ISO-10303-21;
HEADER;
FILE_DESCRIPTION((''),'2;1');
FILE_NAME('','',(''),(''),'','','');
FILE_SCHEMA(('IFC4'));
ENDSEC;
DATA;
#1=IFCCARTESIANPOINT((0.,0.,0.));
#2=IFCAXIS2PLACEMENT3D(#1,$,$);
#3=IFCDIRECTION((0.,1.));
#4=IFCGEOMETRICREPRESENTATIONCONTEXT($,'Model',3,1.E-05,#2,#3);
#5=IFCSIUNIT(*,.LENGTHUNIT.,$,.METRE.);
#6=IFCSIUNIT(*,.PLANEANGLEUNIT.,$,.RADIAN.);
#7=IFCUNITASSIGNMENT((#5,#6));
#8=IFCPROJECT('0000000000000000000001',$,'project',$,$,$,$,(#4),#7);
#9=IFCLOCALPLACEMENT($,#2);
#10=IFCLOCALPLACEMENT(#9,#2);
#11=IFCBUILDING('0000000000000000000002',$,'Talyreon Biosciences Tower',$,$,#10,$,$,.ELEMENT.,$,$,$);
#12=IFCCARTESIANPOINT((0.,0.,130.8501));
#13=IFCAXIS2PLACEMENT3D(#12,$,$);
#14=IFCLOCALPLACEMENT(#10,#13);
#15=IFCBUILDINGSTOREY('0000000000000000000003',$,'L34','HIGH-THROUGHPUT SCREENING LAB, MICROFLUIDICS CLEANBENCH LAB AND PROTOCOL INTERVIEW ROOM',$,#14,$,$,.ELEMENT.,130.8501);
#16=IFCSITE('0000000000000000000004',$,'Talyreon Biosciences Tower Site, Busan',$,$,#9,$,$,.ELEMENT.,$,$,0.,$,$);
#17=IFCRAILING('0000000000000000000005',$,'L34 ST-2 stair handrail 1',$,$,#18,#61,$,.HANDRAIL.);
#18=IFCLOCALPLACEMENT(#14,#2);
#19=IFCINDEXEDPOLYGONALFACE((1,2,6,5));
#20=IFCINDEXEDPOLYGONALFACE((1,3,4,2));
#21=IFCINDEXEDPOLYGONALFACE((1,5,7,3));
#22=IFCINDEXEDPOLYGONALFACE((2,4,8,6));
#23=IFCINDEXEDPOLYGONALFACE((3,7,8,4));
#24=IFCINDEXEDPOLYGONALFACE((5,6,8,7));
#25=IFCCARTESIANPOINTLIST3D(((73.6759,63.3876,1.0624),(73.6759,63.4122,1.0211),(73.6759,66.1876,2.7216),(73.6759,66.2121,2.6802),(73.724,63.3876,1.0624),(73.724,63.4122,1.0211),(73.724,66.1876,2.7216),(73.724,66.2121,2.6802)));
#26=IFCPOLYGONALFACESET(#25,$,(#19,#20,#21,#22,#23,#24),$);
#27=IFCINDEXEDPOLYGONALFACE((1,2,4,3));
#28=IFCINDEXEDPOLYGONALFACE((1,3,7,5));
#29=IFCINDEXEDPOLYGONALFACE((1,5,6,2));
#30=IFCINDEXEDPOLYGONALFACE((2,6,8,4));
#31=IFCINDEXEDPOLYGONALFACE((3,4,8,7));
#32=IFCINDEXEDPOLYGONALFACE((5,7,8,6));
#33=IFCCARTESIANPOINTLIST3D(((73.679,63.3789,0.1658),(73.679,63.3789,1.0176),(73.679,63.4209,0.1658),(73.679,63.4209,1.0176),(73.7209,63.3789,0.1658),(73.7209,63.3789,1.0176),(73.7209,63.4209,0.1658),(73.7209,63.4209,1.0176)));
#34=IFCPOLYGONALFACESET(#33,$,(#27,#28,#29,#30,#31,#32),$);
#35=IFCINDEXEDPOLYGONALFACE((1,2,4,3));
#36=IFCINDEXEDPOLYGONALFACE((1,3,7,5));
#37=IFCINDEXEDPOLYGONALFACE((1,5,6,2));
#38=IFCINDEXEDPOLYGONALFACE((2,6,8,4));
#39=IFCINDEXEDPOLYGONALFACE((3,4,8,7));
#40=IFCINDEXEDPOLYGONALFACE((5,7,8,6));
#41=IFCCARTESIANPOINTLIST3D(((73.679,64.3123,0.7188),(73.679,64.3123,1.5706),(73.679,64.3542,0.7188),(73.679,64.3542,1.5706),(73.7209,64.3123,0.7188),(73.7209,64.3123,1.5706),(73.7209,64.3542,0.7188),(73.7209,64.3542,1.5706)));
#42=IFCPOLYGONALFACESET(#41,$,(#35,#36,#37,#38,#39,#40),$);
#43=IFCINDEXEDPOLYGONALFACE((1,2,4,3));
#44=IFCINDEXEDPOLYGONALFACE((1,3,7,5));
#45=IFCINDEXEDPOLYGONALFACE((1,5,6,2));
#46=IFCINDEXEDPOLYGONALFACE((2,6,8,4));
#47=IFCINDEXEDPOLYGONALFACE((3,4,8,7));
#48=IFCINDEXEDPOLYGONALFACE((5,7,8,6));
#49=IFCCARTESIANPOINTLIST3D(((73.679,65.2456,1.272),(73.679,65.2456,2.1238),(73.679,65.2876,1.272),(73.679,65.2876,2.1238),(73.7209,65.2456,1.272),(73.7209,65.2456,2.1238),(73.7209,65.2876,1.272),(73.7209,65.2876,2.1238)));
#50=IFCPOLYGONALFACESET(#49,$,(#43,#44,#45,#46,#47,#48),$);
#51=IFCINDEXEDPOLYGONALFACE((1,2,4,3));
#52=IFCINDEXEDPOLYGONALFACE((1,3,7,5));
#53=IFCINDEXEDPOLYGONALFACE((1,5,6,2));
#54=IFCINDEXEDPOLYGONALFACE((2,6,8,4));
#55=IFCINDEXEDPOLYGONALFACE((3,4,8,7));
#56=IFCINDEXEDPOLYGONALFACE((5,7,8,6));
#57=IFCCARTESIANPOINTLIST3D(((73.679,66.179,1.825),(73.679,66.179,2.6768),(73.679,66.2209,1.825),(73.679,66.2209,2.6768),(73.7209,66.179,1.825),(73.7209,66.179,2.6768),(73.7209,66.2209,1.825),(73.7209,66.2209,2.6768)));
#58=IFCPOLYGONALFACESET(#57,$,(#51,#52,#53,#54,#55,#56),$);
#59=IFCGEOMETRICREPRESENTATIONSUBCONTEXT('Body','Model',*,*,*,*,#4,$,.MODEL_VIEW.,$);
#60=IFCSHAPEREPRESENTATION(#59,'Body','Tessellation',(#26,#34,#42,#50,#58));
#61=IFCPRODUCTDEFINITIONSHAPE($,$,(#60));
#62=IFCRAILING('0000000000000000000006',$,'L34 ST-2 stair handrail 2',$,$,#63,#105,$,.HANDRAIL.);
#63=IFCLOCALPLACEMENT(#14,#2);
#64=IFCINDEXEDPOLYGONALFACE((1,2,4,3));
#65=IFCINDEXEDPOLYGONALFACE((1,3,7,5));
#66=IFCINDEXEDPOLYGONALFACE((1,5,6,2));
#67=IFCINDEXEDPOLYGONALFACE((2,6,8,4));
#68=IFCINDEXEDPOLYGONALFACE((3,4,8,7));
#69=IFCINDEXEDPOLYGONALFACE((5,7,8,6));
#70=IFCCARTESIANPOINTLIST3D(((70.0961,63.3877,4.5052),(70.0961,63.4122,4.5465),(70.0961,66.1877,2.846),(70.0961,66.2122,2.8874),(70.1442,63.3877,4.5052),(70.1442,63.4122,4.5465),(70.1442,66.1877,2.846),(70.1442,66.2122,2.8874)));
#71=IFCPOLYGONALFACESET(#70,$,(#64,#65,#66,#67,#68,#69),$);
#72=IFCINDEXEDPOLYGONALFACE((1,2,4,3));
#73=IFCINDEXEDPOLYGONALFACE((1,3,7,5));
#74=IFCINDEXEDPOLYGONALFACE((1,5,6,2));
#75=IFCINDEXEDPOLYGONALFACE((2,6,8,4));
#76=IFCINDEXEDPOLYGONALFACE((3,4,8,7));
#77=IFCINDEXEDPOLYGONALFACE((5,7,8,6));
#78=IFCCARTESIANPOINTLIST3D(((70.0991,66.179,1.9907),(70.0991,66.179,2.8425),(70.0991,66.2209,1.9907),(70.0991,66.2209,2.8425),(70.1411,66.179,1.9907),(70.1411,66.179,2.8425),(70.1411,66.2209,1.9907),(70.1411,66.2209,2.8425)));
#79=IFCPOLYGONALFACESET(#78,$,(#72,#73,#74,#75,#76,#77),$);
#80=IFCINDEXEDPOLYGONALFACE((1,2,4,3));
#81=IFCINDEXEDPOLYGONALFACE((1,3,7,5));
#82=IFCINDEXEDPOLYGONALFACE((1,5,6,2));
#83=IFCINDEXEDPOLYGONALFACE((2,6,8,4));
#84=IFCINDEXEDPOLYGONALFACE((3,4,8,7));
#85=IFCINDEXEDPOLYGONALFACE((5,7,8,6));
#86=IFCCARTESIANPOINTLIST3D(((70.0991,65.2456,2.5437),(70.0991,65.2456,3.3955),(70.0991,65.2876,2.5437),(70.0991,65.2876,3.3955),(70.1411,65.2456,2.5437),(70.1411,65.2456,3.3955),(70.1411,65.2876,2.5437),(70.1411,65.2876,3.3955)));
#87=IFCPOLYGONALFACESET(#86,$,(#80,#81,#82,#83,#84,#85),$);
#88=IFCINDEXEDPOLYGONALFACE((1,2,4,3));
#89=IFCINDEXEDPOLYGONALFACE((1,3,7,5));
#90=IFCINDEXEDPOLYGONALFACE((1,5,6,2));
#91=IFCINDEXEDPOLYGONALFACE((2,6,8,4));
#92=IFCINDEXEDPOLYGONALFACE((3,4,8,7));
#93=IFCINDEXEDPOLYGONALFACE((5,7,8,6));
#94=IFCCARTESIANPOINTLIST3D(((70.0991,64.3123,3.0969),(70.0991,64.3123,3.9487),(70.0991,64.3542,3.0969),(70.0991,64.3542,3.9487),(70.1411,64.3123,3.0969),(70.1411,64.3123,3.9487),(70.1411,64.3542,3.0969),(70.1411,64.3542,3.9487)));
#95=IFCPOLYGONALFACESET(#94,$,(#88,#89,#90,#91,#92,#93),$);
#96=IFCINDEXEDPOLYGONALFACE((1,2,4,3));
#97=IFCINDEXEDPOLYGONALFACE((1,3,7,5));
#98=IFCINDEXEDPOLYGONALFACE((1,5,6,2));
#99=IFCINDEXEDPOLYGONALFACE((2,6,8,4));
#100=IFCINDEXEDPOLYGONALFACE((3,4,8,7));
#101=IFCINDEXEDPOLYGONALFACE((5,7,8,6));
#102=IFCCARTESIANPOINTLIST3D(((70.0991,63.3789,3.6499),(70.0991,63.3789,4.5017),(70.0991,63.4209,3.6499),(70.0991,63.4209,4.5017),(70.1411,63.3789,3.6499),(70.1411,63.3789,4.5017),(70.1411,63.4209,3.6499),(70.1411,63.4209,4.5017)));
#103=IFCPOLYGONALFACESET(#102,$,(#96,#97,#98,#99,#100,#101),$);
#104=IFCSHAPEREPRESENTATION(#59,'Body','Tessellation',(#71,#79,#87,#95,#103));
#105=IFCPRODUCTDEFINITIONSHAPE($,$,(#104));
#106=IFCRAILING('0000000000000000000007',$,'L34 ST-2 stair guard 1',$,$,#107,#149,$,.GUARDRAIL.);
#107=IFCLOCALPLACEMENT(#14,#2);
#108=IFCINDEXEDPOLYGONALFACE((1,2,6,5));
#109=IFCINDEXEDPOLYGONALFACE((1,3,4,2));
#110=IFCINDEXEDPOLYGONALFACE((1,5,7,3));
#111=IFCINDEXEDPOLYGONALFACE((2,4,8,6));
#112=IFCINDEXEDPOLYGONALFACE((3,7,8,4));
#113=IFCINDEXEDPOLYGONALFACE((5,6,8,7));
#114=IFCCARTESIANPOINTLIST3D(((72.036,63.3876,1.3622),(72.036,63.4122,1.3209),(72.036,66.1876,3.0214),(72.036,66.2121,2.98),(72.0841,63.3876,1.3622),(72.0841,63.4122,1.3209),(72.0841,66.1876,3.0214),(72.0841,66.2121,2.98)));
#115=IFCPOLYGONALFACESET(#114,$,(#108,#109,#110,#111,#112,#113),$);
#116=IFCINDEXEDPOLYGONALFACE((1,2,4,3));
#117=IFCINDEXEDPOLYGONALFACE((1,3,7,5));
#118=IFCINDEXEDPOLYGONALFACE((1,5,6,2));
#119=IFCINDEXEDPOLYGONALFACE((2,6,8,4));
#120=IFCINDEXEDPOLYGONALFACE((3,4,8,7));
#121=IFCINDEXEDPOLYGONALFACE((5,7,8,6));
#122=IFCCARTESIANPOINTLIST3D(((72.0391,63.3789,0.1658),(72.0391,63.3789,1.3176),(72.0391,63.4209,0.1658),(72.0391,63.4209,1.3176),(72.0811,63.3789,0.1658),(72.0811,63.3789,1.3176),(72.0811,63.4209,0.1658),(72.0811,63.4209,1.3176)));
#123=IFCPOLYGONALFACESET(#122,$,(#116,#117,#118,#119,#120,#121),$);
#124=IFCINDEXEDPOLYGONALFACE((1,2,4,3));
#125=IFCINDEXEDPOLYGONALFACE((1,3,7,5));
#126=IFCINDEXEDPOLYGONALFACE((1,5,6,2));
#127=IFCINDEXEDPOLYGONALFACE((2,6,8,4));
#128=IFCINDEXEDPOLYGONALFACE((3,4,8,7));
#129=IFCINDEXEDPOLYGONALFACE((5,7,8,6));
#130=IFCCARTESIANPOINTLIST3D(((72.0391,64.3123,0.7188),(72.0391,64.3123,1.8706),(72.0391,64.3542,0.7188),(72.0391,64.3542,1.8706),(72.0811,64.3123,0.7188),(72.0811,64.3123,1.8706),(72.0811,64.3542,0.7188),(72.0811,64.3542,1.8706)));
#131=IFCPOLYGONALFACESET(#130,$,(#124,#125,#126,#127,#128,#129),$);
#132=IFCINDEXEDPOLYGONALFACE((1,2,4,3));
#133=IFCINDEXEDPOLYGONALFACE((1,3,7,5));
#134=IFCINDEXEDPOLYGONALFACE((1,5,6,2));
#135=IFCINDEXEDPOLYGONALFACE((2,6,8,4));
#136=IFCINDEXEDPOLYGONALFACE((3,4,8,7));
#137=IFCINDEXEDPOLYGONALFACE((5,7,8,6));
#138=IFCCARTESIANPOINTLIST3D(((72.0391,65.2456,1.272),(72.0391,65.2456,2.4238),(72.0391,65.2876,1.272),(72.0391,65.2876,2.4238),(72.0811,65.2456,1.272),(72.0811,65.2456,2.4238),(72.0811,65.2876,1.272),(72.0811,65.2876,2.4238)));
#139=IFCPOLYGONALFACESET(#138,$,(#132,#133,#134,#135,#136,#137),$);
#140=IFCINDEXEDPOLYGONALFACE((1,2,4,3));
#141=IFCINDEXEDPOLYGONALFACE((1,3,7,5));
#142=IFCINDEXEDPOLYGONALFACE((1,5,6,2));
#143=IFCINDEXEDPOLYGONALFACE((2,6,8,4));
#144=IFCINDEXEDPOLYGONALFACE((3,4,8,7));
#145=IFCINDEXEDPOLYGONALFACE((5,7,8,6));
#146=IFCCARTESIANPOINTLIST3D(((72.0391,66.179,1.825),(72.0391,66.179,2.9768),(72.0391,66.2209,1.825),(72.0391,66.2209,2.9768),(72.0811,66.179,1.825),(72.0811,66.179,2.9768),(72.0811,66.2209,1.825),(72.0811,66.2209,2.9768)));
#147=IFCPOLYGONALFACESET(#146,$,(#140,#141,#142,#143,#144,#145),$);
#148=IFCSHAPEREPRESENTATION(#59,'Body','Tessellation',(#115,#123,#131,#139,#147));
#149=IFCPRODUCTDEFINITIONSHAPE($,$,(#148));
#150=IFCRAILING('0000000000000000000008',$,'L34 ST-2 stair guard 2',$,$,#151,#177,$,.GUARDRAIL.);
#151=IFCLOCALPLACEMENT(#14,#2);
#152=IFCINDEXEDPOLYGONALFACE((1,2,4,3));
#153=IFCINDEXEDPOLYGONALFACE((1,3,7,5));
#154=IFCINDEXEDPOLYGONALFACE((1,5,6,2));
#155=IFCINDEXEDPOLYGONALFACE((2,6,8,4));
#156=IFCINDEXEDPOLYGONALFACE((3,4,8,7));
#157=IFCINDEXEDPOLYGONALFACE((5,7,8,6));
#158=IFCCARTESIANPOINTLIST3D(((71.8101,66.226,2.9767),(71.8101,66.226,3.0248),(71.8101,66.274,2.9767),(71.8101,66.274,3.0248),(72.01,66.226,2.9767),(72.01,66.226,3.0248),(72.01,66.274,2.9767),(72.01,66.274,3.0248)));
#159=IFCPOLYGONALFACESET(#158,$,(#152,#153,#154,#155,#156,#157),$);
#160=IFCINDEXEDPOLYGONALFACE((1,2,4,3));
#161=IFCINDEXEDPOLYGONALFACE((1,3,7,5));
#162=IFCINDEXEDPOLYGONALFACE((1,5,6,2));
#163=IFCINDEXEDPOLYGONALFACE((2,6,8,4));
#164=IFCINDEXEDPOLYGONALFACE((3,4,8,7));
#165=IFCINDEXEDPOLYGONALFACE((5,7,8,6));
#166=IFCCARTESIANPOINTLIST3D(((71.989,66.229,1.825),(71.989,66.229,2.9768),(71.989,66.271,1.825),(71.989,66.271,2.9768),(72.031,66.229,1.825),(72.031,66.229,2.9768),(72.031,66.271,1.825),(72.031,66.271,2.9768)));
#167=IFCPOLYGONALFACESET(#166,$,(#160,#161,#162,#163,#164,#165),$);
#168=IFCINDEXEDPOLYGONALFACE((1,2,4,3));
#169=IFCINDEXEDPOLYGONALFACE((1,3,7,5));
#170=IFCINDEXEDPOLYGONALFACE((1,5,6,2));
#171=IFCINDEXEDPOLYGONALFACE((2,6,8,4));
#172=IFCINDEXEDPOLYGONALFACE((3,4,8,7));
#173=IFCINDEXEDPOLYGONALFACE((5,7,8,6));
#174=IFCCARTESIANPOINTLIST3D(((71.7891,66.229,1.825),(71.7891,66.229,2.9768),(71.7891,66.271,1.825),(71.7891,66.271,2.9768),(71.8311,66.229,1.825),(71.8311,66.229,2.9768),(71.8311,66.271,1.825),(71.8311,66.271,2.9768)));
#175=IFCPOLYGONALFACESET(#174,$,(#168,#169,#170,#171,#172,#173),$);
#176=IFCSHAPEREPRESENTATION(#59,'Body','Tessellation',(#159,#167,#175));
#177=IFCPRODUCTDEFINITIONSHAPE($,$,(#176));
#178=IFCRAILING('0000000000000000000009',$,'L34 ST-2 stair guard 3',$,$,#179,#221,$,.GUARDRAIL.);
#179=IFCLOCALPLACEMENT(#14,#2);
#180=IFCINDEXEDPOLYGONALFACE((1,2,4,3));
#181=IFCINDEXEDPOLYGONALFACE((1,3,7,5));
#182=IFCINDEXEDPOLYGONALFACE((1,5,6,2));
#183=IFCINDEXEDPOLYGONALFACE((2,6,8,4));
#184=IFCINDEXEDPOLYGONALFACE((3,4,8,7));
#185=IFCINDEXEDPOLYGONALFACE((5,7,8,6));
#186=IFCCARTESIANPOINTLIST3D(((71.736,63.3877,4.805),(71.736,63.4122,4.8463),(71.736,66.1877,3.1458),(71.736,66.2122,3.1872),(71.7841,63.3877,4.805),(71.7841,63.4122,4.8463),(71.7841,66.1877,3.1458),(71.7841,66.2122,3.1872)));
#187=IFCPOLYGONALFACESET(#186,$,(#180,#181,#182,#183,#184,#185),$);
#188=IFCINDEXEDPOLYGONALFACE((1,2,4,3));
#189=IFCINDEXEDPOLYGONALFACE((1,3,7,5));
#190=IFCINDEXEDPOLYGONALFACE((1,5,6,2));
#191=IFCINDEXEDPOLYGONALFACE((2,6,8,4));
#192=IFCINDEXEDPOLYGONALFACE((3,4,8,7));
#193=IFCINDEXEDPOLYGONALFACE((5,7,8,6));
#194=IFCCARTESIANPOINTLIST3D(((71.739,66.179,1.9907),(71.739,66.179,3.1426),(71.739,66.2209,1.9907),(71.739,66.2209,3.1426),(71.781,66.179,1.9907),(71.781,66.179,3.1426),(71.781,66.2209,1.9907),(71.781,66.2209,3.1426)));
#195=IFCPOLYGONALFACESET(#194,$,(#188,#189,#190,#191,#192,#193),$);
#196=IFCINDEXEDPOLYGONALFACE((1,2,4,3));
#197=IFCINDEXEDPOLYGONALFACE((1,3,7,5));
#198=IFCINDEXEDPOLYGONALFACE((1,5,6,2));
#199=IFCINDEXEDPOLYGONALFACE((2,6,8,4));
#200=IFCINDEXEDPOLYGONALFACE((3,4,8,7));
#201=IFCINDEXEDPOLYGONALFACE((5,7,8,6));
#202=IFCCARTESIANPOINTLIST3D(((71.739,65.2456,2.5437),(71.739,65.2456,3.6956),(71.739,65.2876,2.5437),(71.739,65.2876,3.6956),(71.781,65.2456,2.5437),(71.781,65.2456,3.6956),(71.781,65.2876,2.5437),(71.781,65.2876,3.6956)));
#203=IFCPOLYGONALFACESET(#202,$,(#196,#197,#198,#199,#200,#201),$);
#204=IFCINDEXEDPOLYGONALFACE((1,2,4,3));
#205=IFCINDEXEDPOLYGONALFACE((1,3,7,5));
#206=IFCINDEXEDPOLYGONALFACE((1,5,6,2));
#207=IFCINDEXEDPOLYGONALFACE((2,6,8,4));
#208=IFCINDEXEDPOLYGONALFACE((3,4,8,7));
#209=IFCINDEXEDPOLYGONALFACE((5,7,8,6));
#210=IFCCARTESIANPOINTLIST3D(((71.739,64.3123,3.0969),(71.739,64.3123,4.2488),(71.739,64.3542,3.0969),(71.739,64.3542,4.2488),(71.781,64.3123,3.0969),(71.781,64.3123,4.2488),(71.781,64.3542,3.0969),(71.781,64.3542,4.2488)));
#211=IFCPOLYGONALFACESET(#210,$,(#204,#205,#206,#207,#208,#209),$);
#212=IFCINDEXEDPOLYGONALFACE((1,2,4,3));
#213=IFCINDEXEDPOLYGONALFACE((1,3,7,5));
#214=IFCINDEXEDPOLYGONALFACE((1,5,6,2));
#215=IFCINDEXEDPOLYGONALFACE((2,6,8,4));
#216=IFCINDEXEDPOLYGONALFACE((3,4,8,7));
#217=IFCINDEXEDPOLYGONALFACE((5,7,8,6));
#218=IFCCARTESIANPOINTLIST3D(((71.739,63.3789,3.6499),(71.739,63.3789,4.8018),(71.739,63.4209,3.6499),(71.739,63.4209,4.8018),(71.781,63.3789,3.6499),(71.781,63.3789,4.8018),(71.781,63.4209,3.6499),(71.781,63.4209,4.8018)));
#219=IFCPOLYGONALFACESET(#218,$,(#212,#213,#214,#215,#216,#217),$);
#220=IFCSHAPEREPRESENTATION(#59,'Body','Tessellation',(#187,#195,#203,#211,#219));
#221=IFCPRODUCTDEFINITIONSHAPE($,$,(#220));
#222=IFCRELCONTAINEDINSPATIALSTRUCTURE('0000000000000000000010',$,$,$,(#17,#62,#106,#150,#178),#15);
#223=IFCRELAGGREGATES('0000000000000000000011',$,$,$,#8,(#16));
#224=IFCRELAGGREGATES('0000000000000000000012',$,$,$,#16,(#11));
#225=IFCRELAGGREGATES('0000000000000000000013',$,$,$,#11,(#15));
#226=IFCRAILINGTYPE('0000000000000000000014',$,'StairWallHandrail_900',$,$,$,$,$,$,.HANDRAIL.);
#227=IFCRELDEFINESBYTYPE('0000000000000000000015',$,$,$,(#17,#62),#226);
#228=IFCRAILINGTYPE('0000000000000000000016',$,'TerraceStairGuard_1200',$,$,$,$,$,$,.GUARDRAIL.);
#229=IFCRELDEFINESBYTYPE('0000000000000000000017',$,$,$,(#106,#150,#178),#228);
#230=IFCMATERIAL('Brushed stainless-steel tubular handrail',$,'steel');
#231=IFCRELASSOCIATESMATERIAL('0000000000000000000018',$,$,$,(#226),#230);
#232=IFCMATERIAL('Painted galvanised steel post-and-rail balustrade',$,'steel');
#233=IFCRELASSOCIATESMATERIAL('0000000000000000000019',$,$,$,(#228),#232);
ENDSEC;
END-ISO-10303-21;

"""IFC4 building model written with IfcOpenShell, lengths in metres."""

from ifc_helpers import new_model, si_unit, direction, frame, origin, origin_2d, place, context, subcontext, project, spatial, rectangle, extrude, material, type_object, element, save


model = new_model("IFC4")

# Units and contexts
model_context = context("Model", 3, precision=1e-05, world=origin(), true_north=direction((0.0, 1.0)))
body_context = subcontext(model_context, "Body", "Model", "MODEL_VIEW")
ifc_project = project(units=[si_unit("LENGTHUNIT", "METRE"), si_unit("PLANEANGLEUNIT", "RADIAN")], contexts=[model_context])

# Site, building, storey
site_placement = place(None, origin())
site = spatial("IfcSite", under=ifc_project, at=site_placement, Name="Talyreon Biosciences Tower Site, Busan", CompositionType="ELEMENT", RefElevation=0.0)
building_placement = place(site_placement, origin())
building = spatial("IfcBuilding", under=site, at=building_placement, Name="Talyreon Biosciences Tower", CompositionType="ELEMENT")
storey_placement = place(building_placement, frame((0.0, 0.0, 130.8501)))
storey = spatial("IfcBuildingStorey", under=building, at=storey_placement, Name="L34", Description="HIGH-THROUGHPUT SCREENING LAB, MICROFLUIDICS CLEANBENCH LAB AND PROTOCOL INTERVIEW ROOM", CompositionType="ELEMENT", Elevation=130.8501)

# Railings
ifc_material_1 = material(Name="Brushed stainless-steel tubular handrail", Category="steel")
railing_type_1 = type_object("IfcRailingType", Name="StairWallHandrail_900", PredefinedType="HANDRAIL", material=ifc_material_1)
railing_1_placement = place(storey_placement, frame((73.7, 63.3999, 0.1658)))
element("IfcRailing", 1, at=railing_1_placement, inside=storey, type_object=railing_type_1, Name="L34 ST-2 stair handrail 1", PredefinedType="HANDRAIL", context=body_context, shape_type="SweptSolid", body=[
    extrude(rectangle(XDim=0.0481, YDim=0.0481, at=origin_2d()), frame((0.0, 0.0, 0.876), z_axis=(0.0, 0.860306, 0.509778), x_axis=(-1.0, 0.0, 0.0)), (0.0, 0.0, 1.0), 3.2546),
    extrude(rectangle(XDim=0.042, YDim=0.042, at=origin_2d()), origin(), (0.0, 0.0, 1.0), 0.8518),
    extrude(rectangle(XDim=0.042, YDim=0.042, at=origin_2d()), frame((0.0, 0.9333, 0.553)), (0.0, 0.0, 1.0), 0.8518),
    extrude(rectangle(XDim=0.042, YDim=0.042, at=origin_2d()), frame((0.0, 1.8667, 1.1062)), (0.0, 0.0, 1.0), 0.8518),
    extrude(rectangle(XDim=0.042, YDim=0.042, at=origin_2d()), frame((0.0, 2.8, 1.6592)), (0.0, 0.0, 1.0), 0.8518),
])
railing_2_placement = place(storey_placement, frame((70.1201, 66.2, 1.9907)))
element("IfcRailing", 2, at=railing_2_placement, inside=storey, type_object=railing_type_1, Name="L34 ST-2 stair handrail 2", PredefinedType="HANDRAIL", context=body_context, shape_type="SweptSolid", body=[
    extrude(rectangle(XDim=0.0481, YDim=0.0481, at=origin_2d()), frame((0.0, 0.0, 0.876), z_axis=(0.0, -0.860306, 0.509778), x_axis=(1.0, 0.0, 0.0)), (0.0, 0.0, 1.0), 3.2546),
    extrude(rectangle(XDim=0.042, YDim=0.042, at=origin_2d()), origin(), (0.0, 0.0, 1.0), 0.8518),
    extrude(rectangle(XDim=0.042, YDim=0.042, at=origin_2d()), frame((0.0, -0.9333, 0.553)), (0.0, 0.0, 1.0), 0.8518),
    extrude(rectangle(XDim=0.042, YDim=0.042, at=origin_2d()), frame((0.0, -1.8667, 1.1062)), (0.0, 0.0, 1.0), 0.8518),
    extrude(rectangle(XDim=0.042, YDim=0.042, at=origin_2d()), frame((0.0, -2.8, 1.6592)), (0.0, 0.0, 1.0), 0.8518),
])
ifc_material_2 = material(Name="Painted galvanised steel post-and-rail balustrade", Category="steel")
railing_type_2 = type_object("IfcRailingType", Name="TerraceStairGuard_1200", PredefinedType="GUARDRAIL", material=ifc_material_2)
railing_3_placement = place(storey_placement, frame((72.0601, 63.3999, 0.1658)))
element("IfcRailing", 3, at=railing_3_placement, inside=storey, type_object=railing_type_2, Name="L34 ST-2 stair guard 1", PredefinedType="GUARDRAIL", context=body_context, shape_type="SweptSolid", body=[
    extrude(rectangle(XDim=0.0481, YDim=0.0481, at=origin_2d()), frame((0.0, 0.0, 1.1758), z_axis=(0.0, 0.860306, 0.509778), x_axis=(-1.0, 0.0, 0.0)), (0.0, 0.0, 1.0), 3.2546),
    extrude(rectangle(XDim=0.042, YDim=0.042, at=origin_2d()), origin(), (0.0, 0.0, 1.0), 1.1519),
    extrude(rectangle(XDim=0.042, YDim=0.042, at=origin_2d()), frame((0.0, 0.9333, 0.553)), (0.0, 0.0, 1.0), 1.1519),
    extrude(rectangle(XDim=0.042, YDim=0.042, at=origin_2d()), frame((0.0, 1.8667, 1.1062)), (0.0, 0.0, 1.0), 1.1519),
    extrude(rectangle(XDim=0.042, YDim=0.042, at=origin_2d()), frame((0.0, 2.8, 1.6592)), (0.0, 0.0, 1.0), 1.1519),
])
railing_4_placement = place(storey_placement, frame((72.01, 66.25, 1.825)))
element("IfcRailing", 4, at=railing_4_placement, inside=storey, type_object=railing_type_2, Name="L34 ST-2 stair guard 2", PredefinedType="GUARDRAIL", context=body_context, shape_type="SweptSolid", body=[
    extrude(rectangle(XDim=0.0481, YDim=0.0481, at=origin_2d()), frame((0.0, 0.0, 1.1758), z_axis=(-1.0, 0.0, 0.0), x_axis=(0.0, -1.0, 0.0)), (0.0, 0.0, 1.0), 0.2),
    extrude(rectangle(XDim=0.042, YDim=0.042, at=origin_2d()), origin(), (0.0, 0.0, 1.0), 1.1519),
    extrude(rectangle(XDim=0.042, YDim=0.042, at=origin_2d()), frame((-0.2, 0.0, 0.0)), (0.0, 0.0, 1.0), 1.1519),
])
railing_5_placement = place(storey_placement, frame((71.76, 66.2, 1.9907)))
element("IfcRailing", 5, at=railing_5_placement, inside=storey, type_object=railing_type_2, Name="L34 ST-2 stair guard 3", PredefinedType="GUARDRAIL", context=body_context, shape_type="SweptSolid", body=[
    extrude(rectangle(XDim=0.0481, YDim=0.0481, at=origin_2d()), frame((0.0, 0.0, 1.1758), z_axis=(0.0, -0.860306, 0.509778), x_axis=(1.0, 0.0, 0.0)), (0.0, 0.0, 1.0), 3.2546),
    extrude(rectangle(XDim=0.042, YDim=0.042, at=origin_2d()), origin(), (0.0, 0.0, 1.0), 1.1519),
    extrude(rectangle(XDim=0.042, YDim=0.042, at=origin_2d()), frame((0.0, -0.9333, 0.553)), (0.0, 0.0, 1.0), 1.1519),
    extrude(rectangle(XDim=0.042, YDim=0.042, at=origin_2d()), frame((0.0, -1.8667, 1.1062)), (0.0, 0.0, 1.0), 1.1519),
    extrude(rectangle(XDim=0.042, YDim=0.042, at=origin_2d()), frame((0.0, -2.8, 1.6592)), (0.0, 0.0, 1.0), 1.1519),
])

save(model, "model.ifc")
